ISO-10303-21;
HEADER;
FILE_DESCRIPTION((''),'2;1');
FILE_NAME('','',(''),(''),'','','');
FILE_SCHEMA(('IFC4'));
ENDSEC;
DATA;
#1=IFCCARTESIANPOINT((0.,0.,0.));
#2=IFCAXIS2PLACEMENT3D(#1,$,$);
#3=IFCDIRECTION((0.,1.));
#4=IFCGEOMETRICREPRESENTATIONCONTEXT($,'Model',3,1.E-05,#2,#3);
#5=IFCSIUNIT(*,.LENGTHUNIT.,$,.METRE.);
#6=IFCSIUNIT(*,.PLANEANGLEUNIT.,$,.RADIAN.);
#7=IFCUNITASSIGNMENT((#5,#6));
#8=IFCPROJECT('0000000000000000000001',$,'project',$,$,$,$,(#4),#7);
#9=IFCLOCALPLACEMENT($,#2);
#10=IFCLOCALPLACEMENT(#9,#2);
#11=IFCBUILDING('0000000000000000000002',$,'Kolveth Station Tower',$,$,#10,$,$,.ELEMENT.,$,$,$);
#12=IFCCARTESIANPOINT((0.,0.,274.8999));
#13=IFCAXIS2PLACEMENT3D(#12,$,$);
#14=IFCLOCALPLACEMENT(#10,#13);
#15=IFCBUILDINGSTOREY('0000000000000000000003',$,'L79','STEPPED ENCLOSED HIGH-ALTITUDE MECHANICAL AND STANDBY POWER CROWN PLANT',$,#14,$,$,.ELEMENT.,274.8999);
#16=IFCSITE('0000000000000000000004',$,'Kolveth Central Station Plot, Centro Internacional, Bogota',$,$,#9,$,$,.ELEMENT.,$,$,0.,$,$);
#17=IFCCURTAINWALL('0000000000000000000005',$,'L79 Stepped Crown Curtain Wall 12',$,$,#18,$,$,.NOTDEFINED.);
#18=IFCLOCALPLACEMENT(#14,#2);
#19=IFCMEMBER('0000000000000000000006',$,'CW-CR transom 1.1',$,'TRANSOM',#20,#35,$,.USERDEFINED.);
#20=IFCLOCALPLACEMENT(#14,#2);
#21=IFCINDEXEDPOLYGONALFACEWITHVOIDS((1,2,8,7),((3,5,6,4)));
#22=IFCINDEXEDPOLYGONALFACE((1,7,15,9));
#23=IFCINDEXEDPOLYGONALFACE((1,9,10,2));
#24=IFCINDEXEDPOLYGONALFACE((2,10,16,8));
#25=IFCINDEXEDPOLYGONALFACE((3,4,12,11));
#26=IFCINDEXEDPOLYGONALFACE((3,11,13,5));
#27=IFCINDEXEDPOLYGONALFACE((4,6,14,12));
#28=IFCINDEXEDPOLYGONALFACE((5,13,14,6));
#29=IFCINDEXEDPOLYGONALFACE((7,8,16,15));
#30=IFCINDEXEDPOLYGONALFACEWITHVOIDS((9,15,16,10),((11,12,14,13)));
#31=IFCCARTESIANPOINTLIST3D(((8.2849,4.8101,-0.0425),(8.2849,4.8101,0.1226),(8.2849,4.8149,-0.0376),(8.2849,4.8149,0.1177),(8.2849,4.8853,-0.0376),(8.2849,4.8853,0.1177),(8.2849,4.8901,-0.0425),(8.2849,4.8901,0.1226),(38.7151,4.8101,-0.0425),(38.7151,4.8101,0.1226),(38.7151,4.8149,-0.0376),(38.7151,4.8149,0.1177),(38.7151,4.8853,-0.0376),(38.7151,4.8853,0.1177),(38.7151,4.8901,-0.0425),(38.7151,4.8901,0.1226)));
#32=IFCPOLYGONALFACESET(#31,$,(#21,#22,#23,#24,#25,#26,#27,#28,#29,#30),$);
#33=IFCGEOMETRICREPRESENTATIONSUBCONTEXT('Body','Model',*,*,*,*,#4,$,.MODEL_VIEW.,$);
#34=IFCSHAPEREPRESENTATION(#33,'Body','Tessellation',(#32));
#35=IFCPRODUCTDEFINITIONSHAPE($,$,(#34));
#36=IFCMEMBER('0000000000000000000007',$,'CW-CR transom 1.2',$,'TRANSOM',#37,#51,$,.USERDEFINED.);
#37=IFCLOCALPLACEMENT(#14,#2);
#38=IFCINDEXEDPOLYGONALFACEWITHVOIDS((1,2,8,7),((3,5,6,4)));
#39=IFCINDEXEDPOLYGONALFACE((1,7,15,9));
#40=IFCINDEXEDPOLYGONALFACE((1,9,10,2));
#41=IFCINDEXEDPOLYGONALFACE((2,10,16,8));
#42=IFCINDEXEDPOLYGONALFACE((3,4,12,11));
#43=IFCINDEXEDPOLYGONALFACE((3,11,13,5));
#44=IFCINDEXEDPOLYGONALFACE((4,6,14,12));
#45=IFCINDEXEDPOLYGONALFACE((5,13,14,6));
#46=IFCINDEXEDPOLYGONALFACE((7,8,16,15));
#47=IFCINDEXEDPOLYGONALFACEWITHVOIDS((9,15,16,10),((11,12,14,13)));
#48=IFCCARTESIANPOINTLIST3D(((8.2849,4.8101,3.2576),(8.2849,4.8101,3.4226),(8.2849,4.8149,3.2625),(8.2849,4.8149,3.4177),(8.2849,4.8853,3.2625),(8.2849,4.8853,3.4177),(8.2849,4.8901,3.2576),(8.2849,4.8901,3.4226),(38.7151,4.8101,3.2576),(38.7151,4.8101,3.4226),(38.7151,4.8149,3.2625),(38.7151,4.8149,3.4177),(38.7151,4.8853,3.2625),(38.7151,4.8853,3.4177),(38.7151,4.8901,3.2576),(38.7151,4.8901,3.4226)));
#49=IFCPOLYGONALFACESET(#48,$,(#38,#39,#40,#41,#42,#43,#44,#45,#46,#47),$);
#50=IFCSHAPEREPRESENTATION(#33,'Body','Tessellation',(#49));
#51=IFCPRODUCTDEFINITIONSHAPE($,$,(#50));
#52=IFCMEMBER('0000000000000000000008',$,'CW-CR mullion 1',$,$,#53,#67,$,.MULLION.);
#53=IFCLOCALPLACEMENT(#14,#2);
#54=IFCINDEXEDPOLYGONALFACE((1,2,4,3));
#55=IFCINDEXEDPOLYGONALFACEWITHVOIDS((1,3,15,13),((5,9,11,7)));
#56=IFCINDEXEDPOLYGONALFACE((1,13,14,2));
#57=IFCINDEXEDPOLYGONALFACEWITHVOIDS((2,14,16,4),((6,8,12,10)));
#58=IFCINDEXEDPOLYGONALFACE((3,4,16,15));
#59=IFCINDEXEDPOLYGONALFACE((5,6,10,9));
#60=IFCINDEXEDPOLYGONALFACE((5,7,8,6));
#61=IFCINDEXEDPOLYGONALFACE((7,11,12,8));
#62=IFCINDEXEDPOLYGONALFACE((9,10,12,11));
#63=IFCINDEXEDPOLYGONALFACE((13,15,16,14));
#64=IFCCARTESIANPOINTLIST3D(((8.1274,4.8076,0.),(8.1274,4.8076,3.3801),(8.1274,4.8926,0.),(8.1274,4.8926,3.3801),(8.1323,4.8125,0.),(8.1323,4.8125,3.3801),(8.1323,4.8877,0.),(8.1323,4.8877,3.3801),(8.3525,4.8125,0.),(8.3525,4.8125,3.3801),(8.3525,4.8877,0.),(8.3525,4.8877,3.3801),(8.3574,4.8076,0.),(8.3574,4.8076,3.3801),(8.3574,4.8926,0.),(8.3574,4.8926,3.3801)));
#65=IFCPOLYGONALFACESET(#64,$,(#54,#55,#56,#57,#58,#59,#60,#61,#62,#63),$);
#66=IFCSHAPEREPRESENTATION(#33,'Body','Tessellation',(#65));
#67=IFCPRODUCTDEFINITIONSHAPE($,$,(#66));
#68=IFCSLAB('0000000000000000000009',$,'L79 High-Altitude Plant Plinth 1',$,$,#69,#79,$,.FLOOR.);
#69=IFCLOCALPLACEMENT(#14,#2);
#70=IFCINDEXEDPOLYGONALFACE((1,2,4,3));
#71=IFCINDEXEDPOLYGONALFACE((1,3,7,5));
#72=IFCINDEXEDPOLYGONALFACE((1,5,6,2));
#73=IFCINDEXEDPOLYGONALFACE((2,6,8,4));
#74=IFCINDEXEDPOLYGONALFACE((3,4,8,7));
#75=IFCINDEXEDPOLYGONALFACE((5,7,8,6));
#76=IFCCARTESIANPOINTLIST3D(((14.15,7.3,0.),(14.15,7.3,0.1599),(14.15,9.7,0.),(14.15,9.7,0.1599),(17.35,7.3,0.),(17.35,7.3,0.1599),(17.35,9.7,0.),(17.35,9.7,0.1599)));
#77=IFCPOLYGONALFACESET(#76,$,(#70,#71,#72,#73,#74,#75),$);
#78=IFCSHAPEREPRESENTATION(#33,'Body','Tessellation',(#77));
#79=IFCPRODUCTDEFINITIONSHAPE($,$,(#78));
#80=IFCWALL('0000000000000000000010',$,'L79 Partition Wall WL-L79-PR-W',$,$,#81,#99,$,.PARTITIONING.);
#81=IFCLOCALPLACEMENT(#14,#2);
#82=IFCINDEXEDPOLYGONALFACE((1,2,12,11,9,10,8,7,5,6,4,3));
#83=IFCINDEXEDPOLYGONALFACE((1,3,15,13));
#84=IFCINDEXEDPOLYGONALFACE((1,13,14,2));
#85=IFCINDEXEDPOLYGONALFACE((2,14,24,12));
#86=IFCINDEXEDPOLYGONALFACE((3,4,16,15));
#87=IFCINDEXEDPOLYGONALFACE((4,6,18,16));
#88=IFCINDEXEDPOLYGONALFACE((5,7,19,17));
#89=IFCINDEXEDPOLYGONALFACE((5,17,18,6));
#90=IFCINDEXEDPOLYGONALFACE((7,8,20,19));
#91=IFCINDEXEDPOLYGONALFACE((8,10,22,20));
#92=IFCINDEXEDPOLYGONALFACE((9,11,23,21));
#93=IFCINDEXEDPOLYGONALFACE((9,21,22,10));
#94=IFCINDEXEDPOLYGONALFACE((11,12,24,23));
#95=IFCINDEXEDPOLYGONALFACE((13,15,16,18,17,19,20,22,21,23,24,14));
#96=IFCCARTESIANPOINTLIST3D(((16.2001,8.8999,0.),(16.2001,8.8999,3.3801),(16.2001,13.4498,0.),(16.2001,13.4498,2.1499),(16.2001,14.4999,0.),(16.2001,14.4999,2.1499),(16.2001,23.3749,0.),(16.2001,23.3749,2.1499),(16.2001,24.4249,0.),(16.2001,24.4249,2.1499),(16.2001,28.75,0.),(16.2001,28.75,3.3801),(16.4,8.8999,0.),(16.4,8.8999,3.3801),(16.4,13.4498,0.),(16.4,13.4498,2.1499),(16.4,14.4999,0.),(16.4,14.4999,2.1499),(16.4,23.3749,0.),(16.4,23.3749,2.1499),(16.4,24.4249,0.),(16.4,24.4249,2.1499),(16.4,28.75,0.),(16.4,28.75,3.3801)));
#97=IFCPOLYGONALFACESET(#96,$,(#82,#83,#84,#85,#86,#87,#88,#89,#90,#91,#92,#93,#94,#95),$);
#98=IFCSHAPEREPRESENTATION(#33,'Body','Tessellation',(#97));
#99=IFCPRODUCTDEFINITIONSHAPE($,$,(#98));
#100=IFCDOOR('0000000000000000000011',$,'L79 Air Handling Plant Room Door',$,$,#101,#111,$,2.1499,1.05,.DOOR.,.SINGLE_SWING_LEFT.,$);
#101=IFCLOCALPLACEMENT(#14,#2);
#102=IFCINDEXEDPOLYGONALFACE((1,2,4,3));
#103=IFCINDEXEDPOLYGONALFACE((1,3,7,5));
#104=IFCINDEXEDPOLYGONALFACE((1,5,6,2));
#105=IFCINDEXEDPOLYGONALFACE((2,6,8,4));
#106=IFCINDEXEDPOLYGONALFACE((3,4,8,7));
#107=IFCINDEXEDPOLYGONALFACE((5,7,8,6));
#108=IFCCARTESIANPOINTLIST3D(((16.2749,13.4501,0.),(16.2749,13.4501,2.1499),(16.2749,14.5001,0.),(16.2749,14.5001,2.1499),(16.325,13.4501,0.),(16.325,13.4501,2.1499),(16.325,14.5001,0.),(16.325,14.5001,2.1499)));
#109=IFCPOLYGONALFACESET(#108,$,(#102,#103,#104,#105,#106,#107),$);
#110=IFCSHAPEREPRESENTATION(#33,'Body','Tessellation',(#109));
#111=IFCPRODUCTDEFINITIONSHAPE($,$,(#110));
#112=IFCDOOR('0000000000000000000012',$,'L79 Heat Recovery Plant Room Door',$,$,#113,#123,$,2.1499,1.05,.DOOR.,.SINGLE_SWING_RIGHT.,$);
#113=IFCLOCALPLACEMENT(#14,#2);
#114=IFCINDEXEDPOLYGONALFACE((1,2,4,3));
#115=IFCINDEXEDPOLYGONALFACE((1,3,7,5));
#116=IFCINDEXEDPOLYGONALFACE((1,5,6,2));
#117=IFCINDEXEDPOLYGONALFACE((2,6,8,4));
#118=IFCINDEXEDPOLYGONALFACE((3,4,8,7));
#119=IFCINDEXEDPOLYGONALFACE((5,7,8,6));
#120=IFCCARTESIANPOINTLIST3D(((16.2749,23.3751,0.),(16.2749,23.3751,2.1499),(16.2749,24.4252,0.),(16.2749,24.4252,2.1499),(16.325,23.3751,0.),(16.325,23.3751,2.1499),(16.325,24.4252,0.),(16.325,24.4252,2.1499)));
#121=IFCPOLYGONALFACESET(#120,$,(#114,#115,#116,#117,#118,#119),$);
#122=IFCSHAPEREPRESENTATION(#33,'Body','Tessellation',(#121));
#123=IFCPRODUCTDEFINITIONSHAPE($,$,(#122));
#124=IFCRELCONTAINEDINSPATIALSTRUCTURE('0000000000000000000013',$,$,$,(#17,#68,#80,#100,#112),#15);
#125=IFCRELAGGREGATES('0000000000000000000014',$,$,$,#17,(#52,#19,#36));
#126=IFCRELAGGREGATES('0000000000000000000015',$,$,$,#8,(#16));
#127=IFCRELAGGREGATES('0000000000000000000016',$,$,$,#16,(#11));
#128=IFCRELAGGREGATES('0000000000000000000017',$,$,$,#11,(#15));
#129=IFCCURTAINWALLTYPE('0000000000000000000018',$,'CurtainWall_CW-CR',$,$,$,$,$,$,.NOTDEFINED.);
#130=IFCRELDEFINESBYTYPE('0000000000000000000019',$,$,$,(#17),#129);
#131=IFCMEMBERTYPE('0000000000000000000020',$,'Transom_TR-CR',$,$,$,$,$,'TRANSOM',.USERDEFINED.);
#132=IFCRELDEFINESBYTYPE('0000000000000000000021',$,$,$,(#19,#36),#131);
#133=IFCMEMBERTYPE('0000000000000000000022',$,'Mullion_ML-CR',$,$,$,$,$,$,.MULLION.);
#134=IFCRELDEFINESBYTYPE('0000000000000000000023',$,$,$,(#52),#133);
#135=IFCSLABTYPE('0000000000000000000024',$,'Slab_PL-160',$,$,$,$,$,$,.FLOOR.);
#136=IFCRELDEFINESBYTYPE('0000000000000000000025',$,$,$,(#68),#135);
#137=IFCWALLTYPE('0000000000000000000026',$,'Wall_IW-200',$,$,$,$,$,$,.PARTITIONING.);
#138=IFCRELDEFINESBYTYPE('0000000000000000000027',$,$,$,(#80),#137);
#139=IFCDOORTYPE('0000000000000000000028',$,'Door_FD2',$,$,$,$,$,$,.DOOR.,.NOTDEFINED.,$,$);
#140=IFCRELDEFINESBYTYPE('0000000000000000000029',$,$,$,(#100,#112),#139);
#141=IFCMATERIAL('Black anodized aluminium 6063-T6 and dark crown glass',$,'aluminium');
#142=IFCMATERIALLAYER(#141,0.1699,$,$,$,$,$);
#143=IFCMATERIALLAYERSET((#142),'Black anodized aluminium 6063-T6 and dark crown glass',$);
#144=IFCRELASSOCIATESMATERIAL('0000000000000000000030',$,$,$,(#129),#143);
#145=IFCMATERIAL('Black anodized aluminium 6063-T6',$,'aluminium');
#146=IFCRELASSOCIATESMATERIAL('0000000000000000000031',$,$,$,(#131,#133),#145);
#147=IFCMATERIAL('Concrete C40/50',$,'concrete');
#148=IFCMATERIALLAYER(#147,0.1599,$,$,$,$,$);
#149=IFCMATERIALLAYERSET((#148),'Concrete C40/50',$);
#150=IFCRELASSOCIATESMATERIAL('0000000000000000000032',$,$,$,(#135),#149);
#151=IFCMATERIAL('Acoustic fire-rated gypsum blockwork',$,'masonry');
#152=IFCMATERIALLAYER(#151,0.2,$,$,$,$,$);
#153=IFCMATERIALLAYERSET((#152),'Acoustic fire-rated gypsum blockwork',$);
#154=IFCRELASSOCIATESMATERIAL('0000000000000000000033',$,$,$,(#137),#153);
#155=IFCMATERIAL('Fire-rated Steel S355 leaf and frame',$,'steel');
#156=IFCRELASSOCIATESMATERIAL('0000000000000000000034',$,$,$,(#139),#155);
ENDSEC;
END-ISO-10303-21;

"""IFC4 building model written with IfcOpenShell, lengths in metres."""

from ifc_helpers import new_model, si_unit, direction, frame, frame_2d, origin, origin_2d, place, context, subcontext, project, spatial, rectangle, hollow_rectangle, extrude, source, transform, mapped, material, layer, layer_set, material_profile, profile_set, type_object, element, fill, aggregate, save


model = new_model("IFC4")

# Units and contexts
model_context = context("Model", 3, precision=1e-05, world=origin(), true_north=direction((0.0, 1.0)))
body_context = subcontext(model_context, "Body", "Model", "MODEL_VIEW")
ifc_project = project(units=[si_unit("LENGTHUNIT", "METRE"), si_unit("PLANEANGLEUNIT", "RADIAN")], contexts=[model_context])

# Site, building, storey
site_placement = place(None, origin())
site = spatial("IfcSite", under=ifc_project, at=site_placement, Name="Kolveth Central Station Plot, Centro Internacional, Bogota", CompositionType="ELEMENT", RefElevation=0.0)
building_placement = place(site_placement, origin())
building = spatial("IfcBuilding", under=site, at=building_placement, Name="Kolveth Station Tower", CompositionType="ELEMENT")
storey_placement = place(building_placement, frame((0.0, 0.0, 274.8999)))
storey = spatial("IfcBuildingStorey", under=building, at=storey_placement, Name="L79", Description="STEPPED ENCLOSED HIGH-ALTITUDE MECHANICAL AND STANDBY POWER CROWN PLANT", CompositionType="ELEMENT", Elevation=274.8999)

# Curtain wall, members
ifc_material_1 = material(Name="Black anodized aluminium 6063-T6 and dark crown glass", Category="aluminium")
ifc_layer_1 = layer(ifc_material_1, 0.1699)
ifc_layer_set_1 = layer_set([ifc_layer_1], Name="Black anodized aluminium 6063-T6 and dark crown glass")
curtain_wall_type = type_object("IfcCurtainWallType", Name="CurtainWall_CW-CR", PredefinedType="NOTDEFINED", material=ifc_layer_set_1)
curtain_wall_placement = place(storey_placement, origin())
curtain_wall = element("IfcCurtainWall", 1, at=curtain_wall_placement, inside=storey, type_object=curtain_wall_type, Name="L79 Stepped Crown Curtain Wall 12", PredefinedType="NOTDEFINED")
ifc_material_2 = material(Name="Black anodized aluminium 6063-T6", Category="aluminium")
ifc_material_profile_1 = material_profile(ifc_material_2, hollow_rectangle(XDim=0.0801, YDim=0.165, WallThickness=0.0049, at=origin_2d()), Name="ALU-80x165x5")
ifc_profile_set_1 = profile_set([ifc_material_profile_1], Name="Black anodized aluminium 6063-T6")
member_type_1 = type_object("IfcMemberType", Name="Transom_TR-CR", ElementType="TRANSOM", PredefinedType="USERDEFINED", material=ifc_profile_set_1)
shared_shape_1 = source(origin(), body_context, "Body", "SweptSolid", [
    extrude(hollow_rectangle(XDim=0.0801, YDim=0.165, WallThickness=0.0049, at=origin_2d()), origin(), (0.0, 0.0, 1.0), 30.4302),
])
member_1_placement = place(storey_placement, frame((8.2849, 4.8501, 0.04), z_axis=(1.0, 0.0, 0.0), x_axis=(0.0, 1.0, 0.0)))
member_1 = element("IfcMember", 2, at=member_1_placement, type_object=member_type_1, Name="CW-CR transom 1.1", ObjectType="TRANSOM", PredefinedType="USERDEFINED", context=body_context, shape_type="MappedRepresentation", body=[
    mapped(shared_shape_1, transform((0.0, 0.0, 0.0), x_axis=(1.0, 0.0, 0.0), y_axis=(0.0, 1.0, 0.0), z_axis=(0.0, 0.0, 1.0), scale=1.0)),
])
member_2_placement = place(storey_placement, frame((8.2849, 4.8501, 3.3401), z_axis=(1.0, 0.0, 0.0), x_axis=(0.0, 1.0, 0.0)))
member_2 = element("IfcMember", 3, at=member_2_placement, type_object=member_type_1, Name="CW-CR transom 1.2", ObjectType="TRANSOM", PredefinedType="USERDEFINED", context=body_context, shape_type="MappedRepresentation", body=[
    mapped(shared_shape_1, transform((0.0, 0.0, 0.0), x_axis=(1.0, 0.0, 0.0), y_axis=(0.0, 1.0, 0.0), z_axis=(0.0, 0.0, 1.0), scale=1.0)),
])
ifc_material_profile_2 = material_profile(ifc_material_2, hollow_rectangle(XDim=0.085, YDim=0.23, WallThickness=0.0049, at=origin_2d()), Name="ALU-85x230x5")
ifc_profile_set_2 = profile_set([ifc_material_profile_2], Name="Black anodized aluminium 6063-T6")
member_type_2 = type_object("IfcMemberType", Name="Mullion_ML-CR", PredefinedType="MULLION", material=ifc_profile_set_2)
shared_shape_2 = source(origin(), body_context, "Body", "SweptSolid", [
    extrude(hollow_rectangle(XDim=0.085, YDim=0.23, WallThickness=0.0049, at=origin_2d()), origin(), (0.0, 0.0, 1.0), 3.3801),
])
member_3_placement = place(storey_placement, frame((8.2424, 4.8501, 0.0), z_axis=(0.0, 0.0, 1.0), x_axis=(0.0, 1.0, 0.0)))
member_3 = element("IfcMember", 4, at=member_3_placement, type_object=member_type_2, Name="CW-CR mullion 1", PredefinedType="MULLION", context=body_context, shape_type="MappedRepresentation", body=[
    mapped(shared_shape_2, transform((0.0, 0.0, 0.0), x_axis=(1.0, 0.0, 0.0), y_axis=(0.0, 1.0, 0.0), z_axis=(0.0, 0.0, 1.0), scale=1.0)),
])
aggregate(curtain_wall, [member_3, member_1, member_2])

# Slab
ifc_material_3 = material(Name="Concrete C40/50", Category="concrete")
ifc_layer_2 = layer(ifc_material_3, 0.1599)
ifc_layer_set_2 = layer_set([ifc_layer_2], Name="Concrete C40/50")
slab_type = type_object("IfcSlabType", Name="Slab_PL-160", PredefinedType="FLOOR", material=ifc_layer_set_2)
shared_shape_3 = source(origin(), body_context, "Body", "SweptSolid", [
    extrude(rectangle(XDim=3.2, YDim=2.3999, at=origin_2d()), origin(), (0.0, 0.0, 1.0), 0.1599),
])
slab_placement = place(storey_placement, frame((15.75, 8.5, 0.0), z_axis=(0.0, 0.0, 1.0), x_axis=(1.0, 0.0, 0.0)))
element("IfcSlab", 5, at=slab_placement, inside=storey, type_object=slab_type, Name="L79 High-Altitude Plant Plinth 1", PredefinedType="FLOOR", context=body_context, shape_type="MappedRepresentation", body=[
    mapped(shared_shape_3, transform((0.0, 0.0, 0.0), x_axis=(1.0, 0.0, 0.0), y_axis=(0.0, 1.0, 0.0), z_axis=(0.0, 0.0, 1.0), scale=1.0)),
])

# Wall, openings, doors
ifc_material_4 = material(Name="Acoustic fire-rated gypsum blockwork", Category="masonry")
ifc_layer_3 = layer(ifc_material_4, 0.2)
ifc_layer_set_3 = layer_set([ifc_layer_3], Name="Acoustic fire-rated gypsum blockwork")
wall_type = type_object("IfcWallType", Name="Wall_IW-200", PredefinedType="PARTITIONING", material=ifc_layer_set_3)
wall_placement = place(storey_placement, frame((16.3, 8.8999, 0.0), z_axis=(0.0, 0.0, 1.0), x_axis=(0.0, 1.0, 0.0)))
wall = element("IfcWall", 6, at=wall_placement, inside=storey, type_object=wall_type, Name="L79 Partition Wall WL-L79-PR-W", PredefinedType="PARTITIONING", context=body_context, shape_type="SweptSolid", body=[
    extrude(rectangle(XDim=19.8501, YDim=0.2, at=frame_2d((9.925, 0.0))), origin(), (0.0, 0.0, 1.0), 3.3801),
])
opening_1_placement = place(wall_placement, frame((4.55, 0.0, 0.0)))
opening_1 = element("IfcOpeningElement", 7, at=opening_1_placement, cuts=wall, PredefinedType="OPENING", context=body_context, shape_type="SweptSolid", body=[
    extrude(rectangle(XDim=1.05, YDim=2.1499, at=frame_2d((0.5249, 1.075))), frame((0.0, 0.1099, 0.0), z_axis=(0.0, -1.0, 0.0), x_axis=(1.0, 0.0, 0.0)), (0.0, 0.0, 1.0), 0.22),
])
opening_2_placement = place(wall_placement, frame((14.4751, 0.0, 0.0)))
opening_2 = element("IfcOpeningElement", 8, at=opening_2_placement, cuts=wall, PredefinedType="OPENING", context=body_context, shape_type="SweptSolid", body=[
    extrude(rectangle(XDim=1.05, YDim=2.1499, at=frame_2d((0.5249, 1.075))), frame((0.0, 0.1099, 0.0), z_axis=(0.0, -1.0, 0.0), x_axis=(1.0, 0.0, 0.0)), (0.0, 0.0, 1.0), 0.22),
])
ifc_material_5 = material(Name="Fire-rated Steel S355 leaf and frame", Category="steel")
door_type = type_object("IfcDoorType", Name="Door_FD2", OperationType="NOTDEFINED", PredefinedType="DOOR", material=ifc_material_5)
door_1_placement = place(opening_1_placement, frame((1.05, 0.0, 0.0), z_axis=(0.0, 0.0, 1.0), x_axis=(-1.0, 0.0, 0.0)))
door_1 = element("IfcDoor", 9, at=door_1_placement, inside=storey, type_object=door_type, Name="L79 Air Handling Plant Room Door", OperationType="SINGLE_SWING_LEFT", OverallHeight=2.1499, OverallWidth=1.05, PredefinedType="DOOR", context=body_context, shape_type="SweptSolid", body=[
    extrude(rectangle(XDim=1.05, YDim=2.1499, at=frame_2d((0.5249, 1.075))), frame((0.0, 0.0249, 0.0), z_axis=(0.0, -1.0, 0.0), x_axis=(1.0, 0.0, 0.0)), (0.0, 0.0, 1.0), 0.05),
])
fill(opening_1, door_1)
door_2_placement = place(opening_2_placement, frame((1.05, 0.0, 0.0), z_axis=(0.0, 0.0, 1.0), x_axis=(-1.0, 0.0, 0.0)))
door_2 = element("IfcDoor", 10, at=door_2_placement, inside=storey, type_object=door_type, Name="L79 Heat Recovery Plant Room Door", OperationType="SINGLE_SWING_RIGHT", OverallHeight=2.1499, OverallWidth=1.05, PredefinedType="DOOR", context=body_context, shape_type="SweptSolid", body=[
    extrude(rectangle(XDim=1.05, YDim=2.1499, at=frame_2d((0.5249, 1.075))), frame((0.0, 0.0249, 0.0), z_axis=(0.0, -1.0, 0.0), x_axis=(1.0, 0.0, 0.0)), (0.0, 0.0, 1.0), 0.05),
])
fill(opening_2, door_2)

save(model, "model.ifc")
